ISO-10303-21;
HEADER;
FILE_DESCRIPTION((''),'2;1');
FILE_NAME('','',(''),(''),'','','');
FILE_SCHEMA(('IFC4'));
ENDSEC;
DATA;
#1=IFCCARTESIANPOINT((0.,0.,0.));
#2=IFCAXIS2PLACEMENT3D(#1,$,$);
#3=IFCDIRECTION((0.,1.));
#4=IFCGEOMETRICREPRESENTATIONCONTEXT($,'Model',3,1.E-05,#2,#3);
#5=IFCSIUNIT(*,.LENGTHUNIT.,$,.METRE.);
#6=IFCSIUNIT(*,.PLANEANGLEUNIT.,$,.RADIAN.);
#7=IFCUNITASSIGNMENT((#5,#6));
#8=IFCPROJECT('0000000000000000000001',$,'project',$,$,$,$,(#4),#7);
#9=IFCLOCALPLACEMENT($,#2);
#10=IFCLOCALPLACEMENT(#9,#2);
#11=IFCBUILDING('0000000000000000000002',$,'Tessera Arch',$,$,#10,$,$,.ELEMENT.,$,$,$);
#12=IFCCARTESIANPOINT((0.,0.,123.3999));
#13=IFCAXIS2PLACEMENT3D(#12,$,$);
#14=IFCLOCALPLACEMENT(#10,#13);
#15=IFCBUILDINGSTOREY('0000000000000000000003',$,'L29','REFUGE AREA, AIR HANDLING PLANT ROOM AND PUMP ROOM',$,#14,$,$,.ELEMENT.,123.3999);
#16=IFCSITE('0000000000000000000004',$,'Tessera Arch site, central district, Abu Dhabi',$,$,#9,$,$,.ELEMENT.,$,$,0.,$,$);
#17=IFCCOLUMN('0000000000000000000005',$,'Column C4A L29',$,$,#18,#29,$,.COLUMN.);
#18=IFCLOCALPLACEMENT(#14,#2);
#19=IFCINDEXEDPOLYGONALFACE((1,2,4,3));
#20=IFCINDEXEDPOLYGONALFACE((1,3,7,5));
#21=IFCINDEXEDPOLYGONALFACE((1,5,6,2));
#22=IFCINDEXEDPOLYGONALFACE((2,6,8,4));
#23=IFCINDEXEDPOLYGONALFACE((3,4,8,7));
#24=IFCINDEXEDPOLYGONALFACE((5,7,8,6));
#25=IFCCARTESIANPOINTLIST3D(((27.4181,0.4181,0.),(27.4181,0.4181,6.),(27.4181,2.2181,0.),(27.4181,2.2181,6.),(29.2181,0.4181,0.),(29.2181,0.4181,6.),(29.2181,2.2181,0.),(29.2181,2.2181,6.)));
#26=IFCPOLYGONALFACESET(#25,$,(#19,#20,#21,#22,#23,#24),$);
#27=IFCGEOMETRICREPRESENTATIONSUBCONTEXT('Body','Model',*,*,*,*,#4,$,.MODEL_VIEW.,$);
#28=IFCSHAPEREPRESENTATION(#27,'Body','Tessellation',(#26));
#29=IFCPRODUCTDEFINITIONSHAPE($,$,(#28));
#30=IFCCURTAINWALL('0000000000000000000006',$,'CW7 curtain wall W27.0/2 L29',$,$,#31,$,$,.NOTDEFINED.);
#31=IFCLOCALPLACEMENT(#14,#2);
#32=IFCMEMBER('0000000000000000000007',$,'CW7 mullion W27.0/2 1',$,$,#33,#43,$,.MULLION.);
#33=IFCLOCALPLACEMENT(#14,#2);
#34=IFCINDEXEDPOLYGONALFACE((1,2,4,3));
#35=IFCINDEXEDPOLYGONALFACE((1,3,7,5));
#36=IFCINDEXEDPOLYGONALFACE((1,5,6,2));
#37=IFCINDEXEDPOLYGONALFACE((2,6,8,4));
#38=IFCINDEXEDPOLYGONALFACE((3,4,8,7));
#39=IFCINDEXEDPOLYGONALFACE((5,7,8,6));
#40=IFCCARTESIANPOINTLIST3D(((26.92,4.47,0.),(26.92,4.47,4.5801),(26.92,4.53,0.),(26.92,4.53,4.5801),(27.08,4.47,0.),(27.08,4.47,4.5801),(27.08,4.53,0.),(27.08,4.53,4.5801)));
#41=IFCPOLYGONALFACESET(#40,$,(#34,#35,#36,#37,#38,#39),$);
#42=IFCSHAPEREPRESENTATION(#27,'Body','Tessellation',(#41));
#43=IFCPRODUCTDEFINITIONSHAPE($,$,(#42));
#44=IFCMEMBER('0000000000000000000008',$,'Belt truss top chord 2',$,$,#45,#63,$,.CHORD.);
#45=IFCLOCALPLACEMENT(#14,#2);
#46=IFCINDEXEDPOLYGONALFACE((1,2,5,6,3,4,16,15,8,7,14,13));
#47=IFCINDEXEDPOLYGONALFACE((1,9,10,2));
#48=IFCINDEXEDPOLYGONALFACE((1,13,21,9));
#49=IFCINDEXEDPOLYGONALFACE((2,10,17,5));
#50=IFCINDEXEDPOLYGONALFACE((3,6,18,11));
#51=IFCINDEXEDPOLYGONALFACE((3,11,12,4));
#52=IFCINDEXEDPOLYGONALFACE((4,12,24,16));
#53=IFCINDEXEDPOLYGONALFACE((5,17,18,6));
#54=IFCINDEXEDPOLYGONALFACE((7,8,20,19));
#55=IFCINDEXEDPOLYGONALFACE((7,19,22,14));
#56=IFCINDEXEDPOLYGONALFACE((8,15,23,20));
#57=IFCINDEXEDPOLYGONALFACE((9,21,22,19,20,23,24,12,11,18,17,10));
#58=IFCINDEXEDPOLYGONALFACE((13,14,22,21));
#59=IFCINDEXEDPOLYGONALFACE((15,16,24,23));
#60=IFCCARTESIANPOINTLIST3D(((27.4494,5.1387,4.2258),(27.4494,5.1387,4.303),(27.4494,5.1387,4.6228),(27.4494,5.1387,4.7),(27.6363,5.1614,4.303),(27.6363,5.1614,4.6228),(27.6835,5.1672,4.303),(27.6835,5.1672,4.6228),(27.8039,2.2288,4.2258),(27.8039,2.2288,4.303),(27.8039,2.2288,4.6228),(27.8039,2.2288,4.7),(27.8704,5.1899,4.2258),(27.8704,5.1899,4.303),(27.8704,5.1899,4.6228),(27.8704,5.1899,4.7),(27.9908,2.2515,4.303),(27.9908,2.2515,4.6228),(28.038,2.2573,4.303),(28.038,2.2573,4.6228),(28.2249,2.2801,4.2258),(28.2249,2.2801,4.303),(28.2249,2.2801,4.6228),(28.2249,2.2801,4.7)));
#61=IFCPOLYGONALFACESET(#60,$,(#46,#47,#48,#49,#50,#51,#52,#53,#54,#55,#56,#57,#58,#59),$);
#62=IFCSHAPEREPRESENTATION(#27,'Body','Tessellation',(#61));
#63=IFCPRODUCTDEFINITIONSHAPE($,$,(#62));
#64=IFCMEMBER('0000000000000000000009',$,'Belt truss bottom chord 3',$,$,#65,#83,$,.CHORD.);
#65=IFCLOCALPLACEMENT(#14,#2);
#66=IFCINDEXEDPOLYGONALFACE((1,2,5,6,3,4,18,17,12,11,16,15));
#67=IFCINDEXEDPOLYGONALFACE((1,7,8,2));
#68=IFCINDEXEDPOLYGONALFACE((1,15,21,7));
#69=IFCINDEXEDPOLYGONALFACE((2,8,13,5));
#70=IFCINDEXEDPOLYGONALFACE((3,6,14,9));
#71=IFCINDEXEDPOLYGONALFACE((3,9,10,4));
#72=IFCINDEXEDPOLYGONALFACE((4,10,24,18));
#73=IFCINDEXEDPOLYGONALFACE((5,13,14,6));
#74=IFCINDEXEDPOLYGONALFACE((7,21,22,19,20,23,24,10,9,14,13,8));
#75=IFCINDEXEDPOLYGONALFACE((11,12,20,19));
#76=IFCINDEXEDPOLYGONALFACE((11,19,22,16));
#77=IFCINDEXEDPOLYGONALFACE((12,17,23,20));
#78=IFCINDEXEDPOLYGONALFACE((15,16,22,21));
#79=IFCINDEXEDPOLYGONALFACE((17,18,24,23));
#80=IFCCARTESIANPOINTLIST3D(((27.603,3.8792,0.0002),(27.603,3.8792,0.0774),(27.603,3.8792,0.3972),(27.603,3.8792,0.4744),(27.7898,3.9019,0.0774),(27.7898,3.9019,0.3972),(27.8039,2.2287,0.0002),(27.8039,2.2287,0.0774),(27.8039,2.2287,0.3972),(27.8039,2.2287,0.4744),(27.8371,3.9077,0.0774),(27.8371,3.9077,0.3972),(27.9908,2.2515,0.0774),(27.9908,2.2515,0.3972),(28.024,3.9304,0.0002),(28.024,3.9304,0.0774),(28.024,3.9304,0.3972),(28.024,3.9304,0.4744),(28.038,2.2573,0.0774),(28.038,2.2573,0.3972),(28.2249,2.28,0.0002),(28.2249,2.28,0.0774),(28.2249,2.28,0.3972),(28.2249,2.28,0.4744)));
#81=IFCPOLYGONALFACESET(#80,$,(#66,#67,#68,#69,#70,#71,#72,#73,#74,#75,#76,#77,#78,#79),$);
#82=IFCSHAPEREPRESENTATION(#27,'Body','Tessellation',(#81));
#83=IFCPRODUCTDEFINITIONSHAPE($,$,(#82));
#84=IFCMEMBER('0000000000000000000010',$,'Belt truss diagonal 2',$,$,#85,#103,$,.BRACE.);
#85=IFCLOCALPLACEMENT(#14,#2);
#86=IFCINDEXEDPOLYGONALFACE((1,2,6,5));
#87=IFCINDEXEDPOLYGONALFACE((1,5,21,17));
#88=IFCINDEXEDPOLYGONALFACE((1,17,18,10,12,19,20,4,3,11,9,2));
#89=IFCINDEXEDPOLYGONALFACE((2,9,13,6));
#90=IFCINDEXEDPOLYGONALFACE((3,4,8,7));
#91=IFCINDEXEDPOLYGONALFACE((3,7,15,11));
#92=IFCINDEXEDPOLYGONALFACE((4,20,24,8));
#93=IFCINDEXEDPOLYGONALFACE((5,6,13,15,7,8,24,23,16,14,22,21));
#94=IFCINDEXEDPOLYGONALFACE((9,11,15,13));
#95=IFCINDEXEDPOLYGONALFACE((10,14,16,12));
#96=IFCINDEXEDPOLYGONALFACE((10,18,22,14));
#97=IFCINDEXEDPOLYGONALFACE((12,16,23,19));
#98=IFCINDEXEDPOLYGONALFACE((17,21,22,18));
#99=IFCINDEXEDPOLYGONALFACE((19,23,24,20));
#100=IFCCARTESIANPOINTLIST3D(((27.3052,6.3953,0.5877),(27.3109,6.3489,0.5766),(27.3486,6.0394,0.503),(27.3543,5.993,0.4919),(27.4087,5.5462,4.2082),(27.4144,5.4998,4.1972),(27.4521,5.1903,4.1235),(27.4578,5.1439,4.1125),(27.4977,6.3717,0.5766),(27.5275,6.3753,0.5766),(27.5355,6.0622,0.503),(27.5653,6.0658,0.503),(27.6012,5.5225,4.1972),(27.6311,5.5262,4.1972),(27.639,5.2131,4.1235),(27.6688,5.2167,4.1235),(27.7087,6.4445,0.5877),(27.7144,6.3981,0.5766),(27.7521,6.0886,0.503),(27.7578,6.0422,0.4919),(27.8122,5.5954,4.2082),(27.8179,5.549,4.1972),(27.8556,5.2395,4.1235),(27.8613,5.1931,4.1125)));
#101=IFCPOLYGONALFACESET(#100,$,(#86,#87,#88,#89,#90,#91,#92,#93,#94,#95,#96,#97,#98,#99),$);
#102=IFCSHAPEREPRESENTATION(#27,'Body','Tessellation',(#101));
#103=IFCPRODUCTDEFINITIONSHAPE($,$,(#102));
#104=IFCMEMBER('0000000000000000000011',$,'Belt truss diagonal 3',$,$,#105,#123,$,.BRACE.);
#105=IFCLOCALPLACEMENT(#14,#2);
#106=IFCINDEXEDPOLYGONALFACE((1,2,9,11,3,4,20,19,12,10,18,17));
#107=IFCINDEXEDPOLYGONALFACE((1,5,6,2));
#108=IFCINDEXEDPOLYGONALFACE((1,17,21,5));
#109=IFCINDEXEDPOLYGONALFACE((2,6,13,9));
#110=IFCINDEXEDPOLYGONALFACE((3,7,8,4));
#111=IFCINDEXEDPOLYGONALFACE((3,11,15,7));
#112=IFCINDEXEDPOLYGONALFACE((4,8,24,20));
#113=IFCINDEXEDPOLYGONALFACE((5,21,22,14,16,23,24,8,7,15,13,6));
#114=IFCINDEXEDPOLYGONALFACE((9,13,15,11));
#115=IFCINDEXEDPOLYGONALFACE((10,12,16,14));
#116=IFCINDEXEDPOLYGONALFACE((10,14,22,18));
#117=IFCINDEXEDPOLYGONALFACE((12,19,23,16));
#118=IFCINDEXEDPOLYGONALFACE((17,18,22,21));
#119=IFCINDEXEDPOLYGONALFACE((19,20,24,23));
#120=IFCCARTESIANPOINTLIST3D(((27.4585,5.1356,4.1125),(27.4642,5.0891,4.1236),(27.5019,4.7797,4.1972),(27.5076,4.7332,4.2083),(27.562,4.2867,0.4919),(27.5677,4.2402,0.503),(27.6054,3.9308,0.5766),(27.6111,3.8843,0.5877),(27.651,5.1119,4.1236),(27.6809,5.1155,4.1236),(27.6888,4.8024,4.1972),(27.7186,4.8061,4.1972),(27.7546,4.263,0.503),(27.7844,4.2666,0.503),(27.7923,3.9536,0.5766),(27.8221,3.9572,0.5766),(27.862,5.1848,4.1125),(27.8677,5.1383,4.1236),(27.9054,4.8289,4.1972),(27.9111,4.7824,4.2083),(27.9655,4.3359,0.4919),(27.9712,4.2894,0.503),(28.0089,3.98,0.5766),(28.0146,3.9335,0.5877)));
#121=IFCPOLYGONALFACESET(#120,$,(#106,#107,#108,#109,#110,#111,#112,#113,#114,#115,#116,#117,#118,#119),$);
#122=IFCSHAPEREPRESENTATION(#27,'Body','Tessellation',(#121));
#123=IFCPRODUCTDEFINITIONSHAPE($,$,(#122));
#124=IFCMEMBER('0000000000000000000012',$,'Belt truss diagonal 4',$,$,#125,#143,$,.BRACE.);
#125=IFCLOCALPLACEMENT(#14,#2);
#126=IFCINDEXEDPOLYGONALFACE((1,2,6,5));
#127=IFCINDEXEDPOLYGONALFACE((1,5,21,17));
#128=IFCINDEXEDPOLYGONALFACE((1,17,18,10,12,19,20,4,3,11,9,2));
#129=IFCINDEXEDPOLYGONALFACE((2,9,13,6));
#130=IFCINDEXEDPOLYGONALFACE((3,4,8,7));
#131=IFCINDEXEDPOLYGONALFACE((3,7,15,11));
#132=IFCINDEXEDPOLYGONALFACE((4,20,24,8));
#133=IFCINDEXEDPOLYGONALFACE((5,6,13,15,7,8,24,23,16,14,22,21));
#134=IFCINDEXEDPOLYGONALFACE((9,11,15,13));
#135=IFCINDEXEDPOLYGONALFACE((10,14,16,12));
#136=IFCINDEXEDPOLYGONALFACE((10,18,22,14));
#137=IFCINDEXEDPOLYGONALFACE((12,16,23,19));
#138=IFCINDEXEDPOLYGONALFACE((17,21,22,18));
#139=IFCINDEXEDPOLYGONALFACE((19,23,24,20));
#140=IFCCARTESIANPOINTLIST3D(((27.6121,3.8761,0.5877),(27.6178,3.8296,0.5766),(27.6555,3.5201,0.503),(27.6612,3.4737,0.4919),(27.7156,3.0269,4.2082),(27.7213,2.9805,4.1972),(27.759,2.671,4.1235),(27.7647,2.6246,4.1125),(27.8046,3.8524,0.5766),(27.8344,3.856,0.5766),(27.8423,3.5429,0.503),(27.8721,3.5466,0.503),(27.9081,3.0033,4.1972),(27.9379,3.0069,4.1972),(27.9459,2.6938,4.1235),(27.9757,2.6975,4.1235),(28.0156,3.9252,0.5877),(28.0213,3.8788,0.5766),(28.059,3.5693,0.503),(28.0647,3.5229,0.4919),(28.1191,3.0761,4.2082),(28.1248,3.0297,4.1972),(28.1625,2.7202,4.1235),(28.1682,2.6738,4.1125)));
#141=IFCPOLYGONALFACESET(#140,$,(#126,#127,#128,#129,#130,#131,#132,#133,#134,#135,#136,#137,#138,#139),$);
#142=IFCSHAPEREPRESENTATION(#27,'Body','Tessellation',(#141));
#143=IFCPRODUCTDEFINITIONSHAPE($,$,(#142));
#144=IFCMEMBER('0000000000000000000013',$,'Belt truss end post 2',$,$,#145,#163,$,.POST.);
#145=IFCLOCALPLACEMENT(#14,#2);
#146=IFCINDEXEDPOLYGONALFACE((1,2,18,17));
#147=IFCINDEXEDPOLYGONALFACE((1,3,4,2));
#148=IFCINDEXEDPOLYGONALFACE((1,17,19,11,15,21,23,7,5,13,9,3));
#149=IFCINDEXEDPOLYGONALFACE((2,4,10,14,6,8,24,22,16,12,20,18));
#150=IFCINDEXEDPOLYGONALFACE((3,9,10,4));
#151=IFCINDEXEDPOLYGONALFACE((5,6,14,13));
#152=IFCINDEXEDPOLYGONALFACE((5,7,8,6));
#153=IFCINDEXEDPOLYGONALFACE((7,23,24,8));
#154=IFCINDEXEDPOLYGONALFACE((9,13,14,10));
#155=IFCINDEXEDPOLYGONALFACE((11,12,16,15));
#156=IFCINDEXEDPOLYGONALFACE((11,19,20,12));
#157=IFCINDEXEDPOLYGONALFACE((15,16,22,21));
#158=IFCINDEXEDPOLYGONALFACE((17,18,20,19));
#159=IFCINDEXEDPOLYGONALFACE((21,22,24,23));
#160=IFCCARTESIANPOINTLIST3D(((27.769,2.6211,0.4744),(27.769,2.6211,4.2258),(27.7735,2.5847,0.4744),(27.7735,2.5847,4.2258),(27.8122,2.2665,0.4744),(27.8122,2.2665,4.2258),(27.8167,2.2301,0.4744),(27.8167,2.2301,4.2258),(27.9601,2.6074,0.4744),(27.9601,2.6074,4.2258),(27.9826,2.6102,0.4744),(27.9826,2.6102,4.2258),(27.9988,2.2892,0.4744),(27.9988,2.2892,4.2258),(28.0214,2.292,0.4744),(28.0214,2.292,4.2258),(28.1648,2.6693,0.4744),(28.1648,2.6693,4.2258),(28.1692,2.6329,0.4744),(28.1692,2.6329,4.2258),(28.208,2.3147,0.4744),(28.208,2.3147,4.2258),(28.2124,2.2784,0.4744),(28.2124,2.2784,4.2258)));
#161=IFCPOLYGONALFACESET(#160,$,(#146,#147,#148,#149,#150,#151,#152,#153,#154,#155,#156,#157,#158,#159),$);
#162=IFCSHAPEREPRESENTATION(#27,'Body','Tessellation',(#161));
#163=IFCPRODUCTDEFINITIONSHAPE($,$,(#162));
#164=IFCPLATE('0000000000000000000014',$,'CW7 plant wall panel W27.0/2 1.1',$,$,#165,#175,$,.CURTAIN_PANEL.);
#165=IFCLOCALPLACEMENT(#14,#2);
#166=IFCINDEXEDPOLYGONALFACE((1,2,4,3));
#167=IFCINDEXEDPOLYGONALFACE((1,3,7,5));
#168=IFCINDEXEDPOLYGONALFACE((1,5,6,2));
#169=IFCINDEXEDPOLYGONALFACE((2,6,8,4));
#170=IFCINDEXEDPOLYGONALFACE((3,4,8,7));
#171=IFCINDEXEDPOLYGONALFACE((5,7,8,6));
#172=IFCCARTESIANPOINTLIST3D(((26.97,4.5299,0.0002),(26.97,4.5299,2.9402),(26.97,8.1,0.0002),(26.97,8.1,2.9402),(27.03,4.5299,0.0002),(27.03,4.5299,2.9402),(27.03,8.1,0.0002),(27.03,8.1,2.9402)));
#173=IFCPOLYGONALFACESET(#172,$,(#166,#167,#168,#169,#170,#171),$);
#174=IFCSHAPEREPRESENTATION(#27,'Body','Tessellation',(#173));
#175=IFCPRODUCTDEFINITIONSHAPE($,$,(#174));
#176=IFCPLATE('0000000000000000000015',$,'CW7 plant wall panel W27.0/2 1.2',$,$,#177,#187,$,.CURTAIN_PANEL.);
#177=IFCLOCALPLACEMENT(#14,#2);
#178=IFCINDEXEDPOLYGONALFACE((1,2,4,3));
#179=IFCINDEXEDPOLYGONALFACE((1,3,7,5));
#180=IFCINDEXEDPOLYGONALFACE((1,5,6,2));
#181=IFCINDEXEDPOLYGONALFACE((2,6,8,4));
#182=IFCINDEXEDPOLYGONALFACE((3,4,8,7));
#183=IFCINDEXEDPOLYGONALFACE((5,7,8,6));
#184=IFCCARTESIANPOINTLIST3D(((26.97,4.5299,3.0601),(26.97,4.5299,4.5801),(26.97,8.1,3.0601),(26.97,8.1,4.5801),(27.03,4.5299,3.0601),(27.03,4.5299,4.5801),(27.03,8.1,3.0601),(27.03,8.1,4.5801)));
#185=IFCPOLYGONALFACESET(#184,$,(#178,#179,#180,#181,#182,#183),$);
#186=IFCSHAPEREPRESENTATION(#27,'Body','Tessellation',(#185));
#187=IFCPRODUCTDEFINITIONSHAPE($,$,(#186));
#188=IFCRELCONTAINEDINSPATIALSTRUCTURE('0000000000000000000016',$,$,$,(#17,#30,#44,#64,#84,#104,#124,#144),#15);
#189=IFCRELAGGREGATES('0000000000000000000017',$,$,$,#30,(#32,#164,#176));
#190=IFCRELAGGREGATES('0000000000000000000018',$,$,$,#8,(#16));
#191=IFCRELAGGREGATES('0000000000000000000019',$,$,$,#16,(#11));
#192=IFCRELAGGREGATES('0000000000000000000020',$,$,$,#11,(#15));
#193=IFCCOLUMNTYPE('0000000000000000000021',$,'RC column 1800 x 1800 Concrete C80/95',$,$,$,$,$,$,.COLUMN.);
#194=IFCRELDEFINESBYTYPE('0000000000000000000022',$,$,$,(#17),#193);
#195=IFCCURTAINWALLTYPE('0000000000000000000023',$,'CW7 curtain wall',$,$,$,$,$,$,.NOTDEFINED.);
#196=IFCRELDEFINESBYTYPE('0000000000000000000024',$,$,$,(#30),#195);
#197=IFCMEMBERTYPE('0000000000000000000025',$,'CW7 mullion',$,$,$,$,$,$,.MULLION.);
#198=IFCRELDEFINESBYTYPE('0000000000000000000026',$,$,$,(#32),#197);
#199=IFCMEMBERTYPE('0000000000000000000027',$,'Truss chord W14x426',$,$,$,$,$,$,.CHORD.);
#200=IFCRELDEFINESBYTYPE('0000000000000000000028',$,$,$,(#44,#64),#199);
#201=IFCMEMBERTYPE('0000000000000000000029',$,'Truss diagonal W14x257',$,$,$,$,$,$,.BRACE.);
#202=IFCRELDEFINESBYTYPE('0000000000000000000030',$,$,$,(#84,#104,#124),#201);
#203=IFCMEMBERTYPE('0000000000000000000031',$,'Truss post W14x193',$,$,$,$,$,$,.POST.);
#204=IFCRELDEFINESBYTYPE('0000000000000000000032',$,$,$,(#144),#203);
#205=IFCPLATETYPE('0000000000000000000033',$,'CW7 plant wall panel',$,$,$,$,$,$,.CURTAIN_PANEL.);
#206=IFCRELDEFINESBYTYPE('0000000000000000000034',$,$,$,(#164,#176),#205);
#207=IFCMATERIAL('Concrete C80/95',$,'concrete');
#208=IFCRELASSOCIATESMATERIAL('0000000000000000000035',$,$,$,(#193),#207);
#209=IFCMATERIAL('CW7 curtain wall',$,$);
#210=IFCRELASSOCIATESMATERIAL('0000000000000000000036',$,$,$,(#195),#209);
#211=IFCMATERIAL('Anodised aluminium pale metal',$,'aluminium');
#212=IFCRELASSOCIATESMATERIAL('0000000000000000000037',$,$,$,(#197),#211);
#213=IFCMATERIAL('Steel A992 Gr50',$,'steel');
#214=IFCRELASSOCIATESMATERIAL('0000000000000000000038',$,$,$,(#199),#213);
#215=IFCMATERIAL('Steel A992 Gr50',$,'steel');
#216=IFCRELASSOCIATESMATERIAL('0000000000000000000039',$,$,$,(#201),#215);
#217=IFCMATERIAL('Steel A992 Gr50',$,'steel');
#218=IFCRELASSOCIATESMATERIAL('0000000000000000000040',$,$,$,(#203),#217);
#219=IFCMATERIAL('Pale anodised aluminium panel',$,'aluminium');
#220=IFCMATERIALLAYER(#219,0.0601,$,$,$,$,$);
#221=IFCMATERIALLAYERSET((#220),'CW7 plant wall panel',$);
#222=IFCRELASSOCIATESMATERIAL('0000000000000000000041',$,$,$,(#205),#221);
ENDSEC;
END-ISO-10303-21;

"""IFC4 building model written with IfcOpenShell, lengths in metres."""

from ifc_helpers import new_model, si_unit, direction, frame, origin, origin_2d, place, context, subcontext, project, spatial, rectangle, i_section, extrude, material, layer, layer_set, material_profile, profile_set, type_object, element, aggregate, save


model = new_model("IFC4")

# Units and contexts
model_context = context("Model", 3, precision=1e-05, world=origin(), true_north=direction((0.0, 1.0)))
body_context = subcontext(model_context, "Body", "Model", "MODEL_VIEW")
ifc_project = project(units=[si_unit("LENGTHUNIT", "METRE"), si_unit("PLANEANGLEUNIT", "RADIAN")], contexts=[model_context])

# Site, building, storey
site_placement = place(None, origin())
site = spatial("IfcSite", under=ifc_project, at=site_placement, Name="Tessera Arch site, central district, Abu Dhabi", CompositionType="ELEMENT", RefElevation=0.0)
building_placement = place(site_placement, origin())
building = spatial("IfcBuilding", under=site, at=building_placement, Name="Tessera Arch", CompositionType="ELEMENT")
storey_placement = place(building_placement, frame((0.0, 0.0, 123.3999)))
storey = spatial("IfcBuildingStorey", under=building, at=storey_placement, Name="L29", Description="REFUGE AREA, AIR HANDLING PLANT ROOM AND PUMP ROOM", CompositionType="ELEMENT", Elevation=123.3999)

# Column
ifc_material_1 = material(Name="Concrete C80/95", Category="concrete")
ifc_material_profile_1 = material_profile(ifc_material_1, rectangle(XDim=1.8, YDim=1.8, at=origin_2d()), Name="RC column 1800 x 1800 Concrete C80/95")
ifc_profile_set_1 = profile_set([ifc_material_profile_1], Name="Concrete C80/95")
column_type = type_object("IfcColumnType", Name="RC column 1800 x 1800 Concrete C80/95", PredefinedType="COLUMN", material=ifc_profile_set_1)
column_placement = place(storey_placement, frame((28.3181, 1.3181, 0.0), z_axis=(0.0, 0.0, 1.0), x_axis=(1.0, 0.0, 0.0)))
element("IfcColumn", 1, at=column_placement, inside=storey, type_object=column_type, Name="Column C4A L29", PredefinedType="COLUMN", context=body_context, shape_type="SweptSolid", body=[
    extrude(rectangle(XDim=1.8, YDim=1.8, at=origin_2d()), origin(), (0.0, 0.0, 1.0), 6.0),
])

# Curtain wall, member
ifc_material_2 = material(Name="CW7 curtain wall")
curtain_wall_type = type_object("IfcCurtainWallType", Name="CW7 curtain wall", PredefinedType="NOTDEFINED", material=ifc_material_2)
curtain_wall_placement = place(storey_placement, origin())
curtain_wall = element("IfcCurtainWall", 2, at=curtain_wall_placement, inside=storey, type_object=curtain_wall_type, Name="CW7 curtain wall W27.0/2 L29", PredefinedType="NOTDEFINED")
ifc_material_3 = material(Name="Anodised aluminium pale metal", Category="aluminium")
ifc_material_profile_2 = material_profile(ifc_material_3, rectangle(XDim=0.1599, YDim=0.0601, at=origin_2d()), Name="AL 60x160")
ifc_profile_set_2 = profile_set([ifc_material_profile_2], Name="Anodised aluminium pale metal")
member_type_1 = type_object("IfcMemberType", Name="CW7 mullion", PredefinedType="MULLION", material=ifc_profile_set_2)
member_1_placement = place(storey_placement, frame((27.0, 4.5, 0.0), z_axis=(0.0, 0.0, 1.0), x_axis=(1.0, 0.0, 0.0)))
member_1 = element("IfcMember", 3, at=member_1_placement, type_object=member_type_1, Name="CW7 mullion W27.0/2 1", PredefinedType="MULLION", context=body_context, shape_type="SweptSolid", body=[
    extrude(rectangle(XDim=0.1599, YDim=0.0601, at=origin_2d()), origin(), (0.0, 0.0, 1.0), 4.5801),
])

# Members
ifc_material_4 = material(Name="Steel A992 Gr50", Category="steel")
ifc_material_profile_3 = material_profile(ifc_material_4, i_section(OverallWidth=0.4241, OverallDepth=0.4741, WebThickness=0.0476, FlangeThickness=0.0771, at=origin_2d()), Name="W14x426")
ifc_profile_set_3 = profile_set([ifc_material_profile_3], Name="Steel A992 Gr50")
member_type_2 = type_object("IfcMemberType", Name="Truss chord W14x426", PredefinedType="CHORD", material=ifc_profile_set_3)
member_2_placement = place(storey_placement, frame((27.6599, 5.1643, 4.4629), z_axis=(0.120928, -0.992661, 0.0), x_axis=(0.992661, 0.120928, 0.0)))
element("IfcMember", 4, at=member_2_placement, inside=storey, type_object=member_type_2, Name="Belt truss top chord 2", PredefinedType="CHORD", context=body_context, shape_type="SweptSolid", body=[
    extrude(i_section(OverallWidth=0.4241, OverallDepth=0.4741, WebThickness=0.0476, FlangeThickness=0.0771, at=origin_2d()), origin(), (0.0, 0.0, 1.0), 2.9314),
])
member_3_placement = place(storey_placement, frame((27.8135, 3.9048, 0.2373), z_axis=(0.120853, -0.99267, 0.0), x_axis=(0.99267, 0.120853, 0.0)))
element("IfcMember", 5, at=member_3_placement, inside=storey, type_object=member_type_2, Name="Belt truss bottom chord 3", PredefinedType="CHORD", context=body_context, shape_type="SweptSolid", body=[
    extrude(i_section(OverallWidth=0.4241, OverallDepth=0.4741, WebThickness=0.0476, FlangeThickness=0.0771, at=origin_2d()), origin(), (0.0, 0.0, 1.0), 1.6626),
])
ifc_material_5 = material(Name="Steel A992 Gr50", Category="steel")
ifc_material_profile_4 = material_profile(ifc_material_5, i_section(OverallWidth=0.4065, OverallDepth=0.4165, WebThickness=0.03, FlangeThickness=0.0481, at=origin_2d()), Name="W14x257")
ifc_profile_set_4 = profile_set([ifc_material_profile_4], Name="Steel A992 Gr50")
member_type_3 = type_object("IfcMemberType", Name="Truss diagonal W14x257", PredefinedType="BRACE", material=ifc_profile_set_4)
for number, where, z_axis, x_axis, name in (
    (6, (27.5315, 6.2188, 0.5398), (0.027825, -0.228241, 0.973207), (0.992651, 0.121013, 0.0), "Belt truss diagonal 2"),
    (7, (27.6848, 4.959, 4.1604), (0.027825, -0.228179, -0.973222), (0.992647, 0.121048, 0.0), "Belt truss diagonal 3"),
    (8, (27.8384, 3.6995, 0.5398), (0.027825, -0.228241, 0.973207), (0.992651, 0.121013, 0.0), "Belt truss diagonal 4"),
):
    element("IfcMember", number, at=place(storey_placement, frame(where, z_axis=z_axis, x_axis=x_axis)), inside=storey, type_object=member_type_3, Name=name, PredefinedType="BRACE", context=body_context, shape_type="SweptSolid", body=[
        extrude(i_section(OverallWidth=0.4065, OverallDepth=0.4165, WebThickness=0.03, FlangeThickness=0.0481, at=origin_2d()), origin(), (0.0, 0.0, 1.0), 3.7202),
    ])
ifc_material_6 = material(Name="Steel A992 Gr50", Category="steel")
ifc_material_profile_5 = material_profile(ifc_material_6, i_section(OverallWidth=0.3987, OverallDepth=0.3938, WebThickness=0.0227, FlangeThickness=0.0366, at=origin_2d()), Name="W14x193")
ifc_profile_set_5 = profile_set([ifc_material_profile_5], Name="Steel A992 Gr50")
member_type_4 = type_object("IfcMemberType", Name="Truss post W14x193", PredefinedType="POST", material=ifc_profile_set_5)
member_4_placement = place(storey_placement, frame((27.9907, 2.4497, 0.4744), z_axis=(0.0, 0.0, 1.0), x_axis=(0.992658, 0.120952, 0.0)))
element("IfcMember", 9, at=member_4_placement, inside=storey, type_object=member_type_4, Name="Belt truss end post 2", PredefinedType="POST", context=body_context, shape_type="SweptSolid", body=[
    extrude(i_section(OverallWidth=0.3987, OverallDepth=0.3938, WebThickness=0.0227, FlangeThickness=0.0366, at=origin_2d()), origin(), (0.0, 0.0, 1.0), 3.7515),
])

# Plates
ifc_material_7 = material(Name="Pale anodised aluminium panel", Category="aluminium")
ifc_layer_1 = layer(ifc_material_7, 0.0601)
ifc_layer_set_1 = layer_set([ifc_layer_1], Name="CW7 plant wall panel")
plate_type_1 = type_object("IfcPlateType", Name="CW7 plant wall panel", PredefinedType="CURTAIN_PANEL", material=ifc_layer_set_1)
plate_1_placement = place(storey_placement, frame((27.0, 6.3149, 0.0002), z_axis=(0.0, 0.0, 1.0), x_axis=(0.0, -1.0, 0.0)))
plate_1 = element("IfcPlate", 10, at=plate_1_placement, type_object=plate_type_1, Name="CW7 plant wall panel W27.0/2 1.1", PredefinedType="CURTAIN_PANEL", context=body_context, shape_type="SweptSolid", body=[
    extrude(rectangle(XDim=3.5701, YDim=0.0601, at=origin_2d()), origin(), (0.0, 0.0, 1.0), 2.9399),
])
plate_2_placement = place(storey_placement, frame((27.0, 6.3149, 3.0601), z_axis=(0.0, 0.0, 1.0), x_axis=(0.0, -1.0, 0.0)))
plate_2 = element("IfcPlate", 11, at=plate_2_placement, type_object=plate_type_1, Name="CW7 plant wall panel W27.0/2 1.2", PredefinedType="CURTAIN_PANEL", context=body_context, shape_type="SweptSolid", body=[
    extrude(rectangle(XDim=3.5701, YDim=0.0601, at=origin_2d()), origin(), (0.0, 0.0, 1.0), 1.52),
])
aggregate(curtain_wall, [member_1, plate_1, plate_2])

save(model, "model.ifc")
